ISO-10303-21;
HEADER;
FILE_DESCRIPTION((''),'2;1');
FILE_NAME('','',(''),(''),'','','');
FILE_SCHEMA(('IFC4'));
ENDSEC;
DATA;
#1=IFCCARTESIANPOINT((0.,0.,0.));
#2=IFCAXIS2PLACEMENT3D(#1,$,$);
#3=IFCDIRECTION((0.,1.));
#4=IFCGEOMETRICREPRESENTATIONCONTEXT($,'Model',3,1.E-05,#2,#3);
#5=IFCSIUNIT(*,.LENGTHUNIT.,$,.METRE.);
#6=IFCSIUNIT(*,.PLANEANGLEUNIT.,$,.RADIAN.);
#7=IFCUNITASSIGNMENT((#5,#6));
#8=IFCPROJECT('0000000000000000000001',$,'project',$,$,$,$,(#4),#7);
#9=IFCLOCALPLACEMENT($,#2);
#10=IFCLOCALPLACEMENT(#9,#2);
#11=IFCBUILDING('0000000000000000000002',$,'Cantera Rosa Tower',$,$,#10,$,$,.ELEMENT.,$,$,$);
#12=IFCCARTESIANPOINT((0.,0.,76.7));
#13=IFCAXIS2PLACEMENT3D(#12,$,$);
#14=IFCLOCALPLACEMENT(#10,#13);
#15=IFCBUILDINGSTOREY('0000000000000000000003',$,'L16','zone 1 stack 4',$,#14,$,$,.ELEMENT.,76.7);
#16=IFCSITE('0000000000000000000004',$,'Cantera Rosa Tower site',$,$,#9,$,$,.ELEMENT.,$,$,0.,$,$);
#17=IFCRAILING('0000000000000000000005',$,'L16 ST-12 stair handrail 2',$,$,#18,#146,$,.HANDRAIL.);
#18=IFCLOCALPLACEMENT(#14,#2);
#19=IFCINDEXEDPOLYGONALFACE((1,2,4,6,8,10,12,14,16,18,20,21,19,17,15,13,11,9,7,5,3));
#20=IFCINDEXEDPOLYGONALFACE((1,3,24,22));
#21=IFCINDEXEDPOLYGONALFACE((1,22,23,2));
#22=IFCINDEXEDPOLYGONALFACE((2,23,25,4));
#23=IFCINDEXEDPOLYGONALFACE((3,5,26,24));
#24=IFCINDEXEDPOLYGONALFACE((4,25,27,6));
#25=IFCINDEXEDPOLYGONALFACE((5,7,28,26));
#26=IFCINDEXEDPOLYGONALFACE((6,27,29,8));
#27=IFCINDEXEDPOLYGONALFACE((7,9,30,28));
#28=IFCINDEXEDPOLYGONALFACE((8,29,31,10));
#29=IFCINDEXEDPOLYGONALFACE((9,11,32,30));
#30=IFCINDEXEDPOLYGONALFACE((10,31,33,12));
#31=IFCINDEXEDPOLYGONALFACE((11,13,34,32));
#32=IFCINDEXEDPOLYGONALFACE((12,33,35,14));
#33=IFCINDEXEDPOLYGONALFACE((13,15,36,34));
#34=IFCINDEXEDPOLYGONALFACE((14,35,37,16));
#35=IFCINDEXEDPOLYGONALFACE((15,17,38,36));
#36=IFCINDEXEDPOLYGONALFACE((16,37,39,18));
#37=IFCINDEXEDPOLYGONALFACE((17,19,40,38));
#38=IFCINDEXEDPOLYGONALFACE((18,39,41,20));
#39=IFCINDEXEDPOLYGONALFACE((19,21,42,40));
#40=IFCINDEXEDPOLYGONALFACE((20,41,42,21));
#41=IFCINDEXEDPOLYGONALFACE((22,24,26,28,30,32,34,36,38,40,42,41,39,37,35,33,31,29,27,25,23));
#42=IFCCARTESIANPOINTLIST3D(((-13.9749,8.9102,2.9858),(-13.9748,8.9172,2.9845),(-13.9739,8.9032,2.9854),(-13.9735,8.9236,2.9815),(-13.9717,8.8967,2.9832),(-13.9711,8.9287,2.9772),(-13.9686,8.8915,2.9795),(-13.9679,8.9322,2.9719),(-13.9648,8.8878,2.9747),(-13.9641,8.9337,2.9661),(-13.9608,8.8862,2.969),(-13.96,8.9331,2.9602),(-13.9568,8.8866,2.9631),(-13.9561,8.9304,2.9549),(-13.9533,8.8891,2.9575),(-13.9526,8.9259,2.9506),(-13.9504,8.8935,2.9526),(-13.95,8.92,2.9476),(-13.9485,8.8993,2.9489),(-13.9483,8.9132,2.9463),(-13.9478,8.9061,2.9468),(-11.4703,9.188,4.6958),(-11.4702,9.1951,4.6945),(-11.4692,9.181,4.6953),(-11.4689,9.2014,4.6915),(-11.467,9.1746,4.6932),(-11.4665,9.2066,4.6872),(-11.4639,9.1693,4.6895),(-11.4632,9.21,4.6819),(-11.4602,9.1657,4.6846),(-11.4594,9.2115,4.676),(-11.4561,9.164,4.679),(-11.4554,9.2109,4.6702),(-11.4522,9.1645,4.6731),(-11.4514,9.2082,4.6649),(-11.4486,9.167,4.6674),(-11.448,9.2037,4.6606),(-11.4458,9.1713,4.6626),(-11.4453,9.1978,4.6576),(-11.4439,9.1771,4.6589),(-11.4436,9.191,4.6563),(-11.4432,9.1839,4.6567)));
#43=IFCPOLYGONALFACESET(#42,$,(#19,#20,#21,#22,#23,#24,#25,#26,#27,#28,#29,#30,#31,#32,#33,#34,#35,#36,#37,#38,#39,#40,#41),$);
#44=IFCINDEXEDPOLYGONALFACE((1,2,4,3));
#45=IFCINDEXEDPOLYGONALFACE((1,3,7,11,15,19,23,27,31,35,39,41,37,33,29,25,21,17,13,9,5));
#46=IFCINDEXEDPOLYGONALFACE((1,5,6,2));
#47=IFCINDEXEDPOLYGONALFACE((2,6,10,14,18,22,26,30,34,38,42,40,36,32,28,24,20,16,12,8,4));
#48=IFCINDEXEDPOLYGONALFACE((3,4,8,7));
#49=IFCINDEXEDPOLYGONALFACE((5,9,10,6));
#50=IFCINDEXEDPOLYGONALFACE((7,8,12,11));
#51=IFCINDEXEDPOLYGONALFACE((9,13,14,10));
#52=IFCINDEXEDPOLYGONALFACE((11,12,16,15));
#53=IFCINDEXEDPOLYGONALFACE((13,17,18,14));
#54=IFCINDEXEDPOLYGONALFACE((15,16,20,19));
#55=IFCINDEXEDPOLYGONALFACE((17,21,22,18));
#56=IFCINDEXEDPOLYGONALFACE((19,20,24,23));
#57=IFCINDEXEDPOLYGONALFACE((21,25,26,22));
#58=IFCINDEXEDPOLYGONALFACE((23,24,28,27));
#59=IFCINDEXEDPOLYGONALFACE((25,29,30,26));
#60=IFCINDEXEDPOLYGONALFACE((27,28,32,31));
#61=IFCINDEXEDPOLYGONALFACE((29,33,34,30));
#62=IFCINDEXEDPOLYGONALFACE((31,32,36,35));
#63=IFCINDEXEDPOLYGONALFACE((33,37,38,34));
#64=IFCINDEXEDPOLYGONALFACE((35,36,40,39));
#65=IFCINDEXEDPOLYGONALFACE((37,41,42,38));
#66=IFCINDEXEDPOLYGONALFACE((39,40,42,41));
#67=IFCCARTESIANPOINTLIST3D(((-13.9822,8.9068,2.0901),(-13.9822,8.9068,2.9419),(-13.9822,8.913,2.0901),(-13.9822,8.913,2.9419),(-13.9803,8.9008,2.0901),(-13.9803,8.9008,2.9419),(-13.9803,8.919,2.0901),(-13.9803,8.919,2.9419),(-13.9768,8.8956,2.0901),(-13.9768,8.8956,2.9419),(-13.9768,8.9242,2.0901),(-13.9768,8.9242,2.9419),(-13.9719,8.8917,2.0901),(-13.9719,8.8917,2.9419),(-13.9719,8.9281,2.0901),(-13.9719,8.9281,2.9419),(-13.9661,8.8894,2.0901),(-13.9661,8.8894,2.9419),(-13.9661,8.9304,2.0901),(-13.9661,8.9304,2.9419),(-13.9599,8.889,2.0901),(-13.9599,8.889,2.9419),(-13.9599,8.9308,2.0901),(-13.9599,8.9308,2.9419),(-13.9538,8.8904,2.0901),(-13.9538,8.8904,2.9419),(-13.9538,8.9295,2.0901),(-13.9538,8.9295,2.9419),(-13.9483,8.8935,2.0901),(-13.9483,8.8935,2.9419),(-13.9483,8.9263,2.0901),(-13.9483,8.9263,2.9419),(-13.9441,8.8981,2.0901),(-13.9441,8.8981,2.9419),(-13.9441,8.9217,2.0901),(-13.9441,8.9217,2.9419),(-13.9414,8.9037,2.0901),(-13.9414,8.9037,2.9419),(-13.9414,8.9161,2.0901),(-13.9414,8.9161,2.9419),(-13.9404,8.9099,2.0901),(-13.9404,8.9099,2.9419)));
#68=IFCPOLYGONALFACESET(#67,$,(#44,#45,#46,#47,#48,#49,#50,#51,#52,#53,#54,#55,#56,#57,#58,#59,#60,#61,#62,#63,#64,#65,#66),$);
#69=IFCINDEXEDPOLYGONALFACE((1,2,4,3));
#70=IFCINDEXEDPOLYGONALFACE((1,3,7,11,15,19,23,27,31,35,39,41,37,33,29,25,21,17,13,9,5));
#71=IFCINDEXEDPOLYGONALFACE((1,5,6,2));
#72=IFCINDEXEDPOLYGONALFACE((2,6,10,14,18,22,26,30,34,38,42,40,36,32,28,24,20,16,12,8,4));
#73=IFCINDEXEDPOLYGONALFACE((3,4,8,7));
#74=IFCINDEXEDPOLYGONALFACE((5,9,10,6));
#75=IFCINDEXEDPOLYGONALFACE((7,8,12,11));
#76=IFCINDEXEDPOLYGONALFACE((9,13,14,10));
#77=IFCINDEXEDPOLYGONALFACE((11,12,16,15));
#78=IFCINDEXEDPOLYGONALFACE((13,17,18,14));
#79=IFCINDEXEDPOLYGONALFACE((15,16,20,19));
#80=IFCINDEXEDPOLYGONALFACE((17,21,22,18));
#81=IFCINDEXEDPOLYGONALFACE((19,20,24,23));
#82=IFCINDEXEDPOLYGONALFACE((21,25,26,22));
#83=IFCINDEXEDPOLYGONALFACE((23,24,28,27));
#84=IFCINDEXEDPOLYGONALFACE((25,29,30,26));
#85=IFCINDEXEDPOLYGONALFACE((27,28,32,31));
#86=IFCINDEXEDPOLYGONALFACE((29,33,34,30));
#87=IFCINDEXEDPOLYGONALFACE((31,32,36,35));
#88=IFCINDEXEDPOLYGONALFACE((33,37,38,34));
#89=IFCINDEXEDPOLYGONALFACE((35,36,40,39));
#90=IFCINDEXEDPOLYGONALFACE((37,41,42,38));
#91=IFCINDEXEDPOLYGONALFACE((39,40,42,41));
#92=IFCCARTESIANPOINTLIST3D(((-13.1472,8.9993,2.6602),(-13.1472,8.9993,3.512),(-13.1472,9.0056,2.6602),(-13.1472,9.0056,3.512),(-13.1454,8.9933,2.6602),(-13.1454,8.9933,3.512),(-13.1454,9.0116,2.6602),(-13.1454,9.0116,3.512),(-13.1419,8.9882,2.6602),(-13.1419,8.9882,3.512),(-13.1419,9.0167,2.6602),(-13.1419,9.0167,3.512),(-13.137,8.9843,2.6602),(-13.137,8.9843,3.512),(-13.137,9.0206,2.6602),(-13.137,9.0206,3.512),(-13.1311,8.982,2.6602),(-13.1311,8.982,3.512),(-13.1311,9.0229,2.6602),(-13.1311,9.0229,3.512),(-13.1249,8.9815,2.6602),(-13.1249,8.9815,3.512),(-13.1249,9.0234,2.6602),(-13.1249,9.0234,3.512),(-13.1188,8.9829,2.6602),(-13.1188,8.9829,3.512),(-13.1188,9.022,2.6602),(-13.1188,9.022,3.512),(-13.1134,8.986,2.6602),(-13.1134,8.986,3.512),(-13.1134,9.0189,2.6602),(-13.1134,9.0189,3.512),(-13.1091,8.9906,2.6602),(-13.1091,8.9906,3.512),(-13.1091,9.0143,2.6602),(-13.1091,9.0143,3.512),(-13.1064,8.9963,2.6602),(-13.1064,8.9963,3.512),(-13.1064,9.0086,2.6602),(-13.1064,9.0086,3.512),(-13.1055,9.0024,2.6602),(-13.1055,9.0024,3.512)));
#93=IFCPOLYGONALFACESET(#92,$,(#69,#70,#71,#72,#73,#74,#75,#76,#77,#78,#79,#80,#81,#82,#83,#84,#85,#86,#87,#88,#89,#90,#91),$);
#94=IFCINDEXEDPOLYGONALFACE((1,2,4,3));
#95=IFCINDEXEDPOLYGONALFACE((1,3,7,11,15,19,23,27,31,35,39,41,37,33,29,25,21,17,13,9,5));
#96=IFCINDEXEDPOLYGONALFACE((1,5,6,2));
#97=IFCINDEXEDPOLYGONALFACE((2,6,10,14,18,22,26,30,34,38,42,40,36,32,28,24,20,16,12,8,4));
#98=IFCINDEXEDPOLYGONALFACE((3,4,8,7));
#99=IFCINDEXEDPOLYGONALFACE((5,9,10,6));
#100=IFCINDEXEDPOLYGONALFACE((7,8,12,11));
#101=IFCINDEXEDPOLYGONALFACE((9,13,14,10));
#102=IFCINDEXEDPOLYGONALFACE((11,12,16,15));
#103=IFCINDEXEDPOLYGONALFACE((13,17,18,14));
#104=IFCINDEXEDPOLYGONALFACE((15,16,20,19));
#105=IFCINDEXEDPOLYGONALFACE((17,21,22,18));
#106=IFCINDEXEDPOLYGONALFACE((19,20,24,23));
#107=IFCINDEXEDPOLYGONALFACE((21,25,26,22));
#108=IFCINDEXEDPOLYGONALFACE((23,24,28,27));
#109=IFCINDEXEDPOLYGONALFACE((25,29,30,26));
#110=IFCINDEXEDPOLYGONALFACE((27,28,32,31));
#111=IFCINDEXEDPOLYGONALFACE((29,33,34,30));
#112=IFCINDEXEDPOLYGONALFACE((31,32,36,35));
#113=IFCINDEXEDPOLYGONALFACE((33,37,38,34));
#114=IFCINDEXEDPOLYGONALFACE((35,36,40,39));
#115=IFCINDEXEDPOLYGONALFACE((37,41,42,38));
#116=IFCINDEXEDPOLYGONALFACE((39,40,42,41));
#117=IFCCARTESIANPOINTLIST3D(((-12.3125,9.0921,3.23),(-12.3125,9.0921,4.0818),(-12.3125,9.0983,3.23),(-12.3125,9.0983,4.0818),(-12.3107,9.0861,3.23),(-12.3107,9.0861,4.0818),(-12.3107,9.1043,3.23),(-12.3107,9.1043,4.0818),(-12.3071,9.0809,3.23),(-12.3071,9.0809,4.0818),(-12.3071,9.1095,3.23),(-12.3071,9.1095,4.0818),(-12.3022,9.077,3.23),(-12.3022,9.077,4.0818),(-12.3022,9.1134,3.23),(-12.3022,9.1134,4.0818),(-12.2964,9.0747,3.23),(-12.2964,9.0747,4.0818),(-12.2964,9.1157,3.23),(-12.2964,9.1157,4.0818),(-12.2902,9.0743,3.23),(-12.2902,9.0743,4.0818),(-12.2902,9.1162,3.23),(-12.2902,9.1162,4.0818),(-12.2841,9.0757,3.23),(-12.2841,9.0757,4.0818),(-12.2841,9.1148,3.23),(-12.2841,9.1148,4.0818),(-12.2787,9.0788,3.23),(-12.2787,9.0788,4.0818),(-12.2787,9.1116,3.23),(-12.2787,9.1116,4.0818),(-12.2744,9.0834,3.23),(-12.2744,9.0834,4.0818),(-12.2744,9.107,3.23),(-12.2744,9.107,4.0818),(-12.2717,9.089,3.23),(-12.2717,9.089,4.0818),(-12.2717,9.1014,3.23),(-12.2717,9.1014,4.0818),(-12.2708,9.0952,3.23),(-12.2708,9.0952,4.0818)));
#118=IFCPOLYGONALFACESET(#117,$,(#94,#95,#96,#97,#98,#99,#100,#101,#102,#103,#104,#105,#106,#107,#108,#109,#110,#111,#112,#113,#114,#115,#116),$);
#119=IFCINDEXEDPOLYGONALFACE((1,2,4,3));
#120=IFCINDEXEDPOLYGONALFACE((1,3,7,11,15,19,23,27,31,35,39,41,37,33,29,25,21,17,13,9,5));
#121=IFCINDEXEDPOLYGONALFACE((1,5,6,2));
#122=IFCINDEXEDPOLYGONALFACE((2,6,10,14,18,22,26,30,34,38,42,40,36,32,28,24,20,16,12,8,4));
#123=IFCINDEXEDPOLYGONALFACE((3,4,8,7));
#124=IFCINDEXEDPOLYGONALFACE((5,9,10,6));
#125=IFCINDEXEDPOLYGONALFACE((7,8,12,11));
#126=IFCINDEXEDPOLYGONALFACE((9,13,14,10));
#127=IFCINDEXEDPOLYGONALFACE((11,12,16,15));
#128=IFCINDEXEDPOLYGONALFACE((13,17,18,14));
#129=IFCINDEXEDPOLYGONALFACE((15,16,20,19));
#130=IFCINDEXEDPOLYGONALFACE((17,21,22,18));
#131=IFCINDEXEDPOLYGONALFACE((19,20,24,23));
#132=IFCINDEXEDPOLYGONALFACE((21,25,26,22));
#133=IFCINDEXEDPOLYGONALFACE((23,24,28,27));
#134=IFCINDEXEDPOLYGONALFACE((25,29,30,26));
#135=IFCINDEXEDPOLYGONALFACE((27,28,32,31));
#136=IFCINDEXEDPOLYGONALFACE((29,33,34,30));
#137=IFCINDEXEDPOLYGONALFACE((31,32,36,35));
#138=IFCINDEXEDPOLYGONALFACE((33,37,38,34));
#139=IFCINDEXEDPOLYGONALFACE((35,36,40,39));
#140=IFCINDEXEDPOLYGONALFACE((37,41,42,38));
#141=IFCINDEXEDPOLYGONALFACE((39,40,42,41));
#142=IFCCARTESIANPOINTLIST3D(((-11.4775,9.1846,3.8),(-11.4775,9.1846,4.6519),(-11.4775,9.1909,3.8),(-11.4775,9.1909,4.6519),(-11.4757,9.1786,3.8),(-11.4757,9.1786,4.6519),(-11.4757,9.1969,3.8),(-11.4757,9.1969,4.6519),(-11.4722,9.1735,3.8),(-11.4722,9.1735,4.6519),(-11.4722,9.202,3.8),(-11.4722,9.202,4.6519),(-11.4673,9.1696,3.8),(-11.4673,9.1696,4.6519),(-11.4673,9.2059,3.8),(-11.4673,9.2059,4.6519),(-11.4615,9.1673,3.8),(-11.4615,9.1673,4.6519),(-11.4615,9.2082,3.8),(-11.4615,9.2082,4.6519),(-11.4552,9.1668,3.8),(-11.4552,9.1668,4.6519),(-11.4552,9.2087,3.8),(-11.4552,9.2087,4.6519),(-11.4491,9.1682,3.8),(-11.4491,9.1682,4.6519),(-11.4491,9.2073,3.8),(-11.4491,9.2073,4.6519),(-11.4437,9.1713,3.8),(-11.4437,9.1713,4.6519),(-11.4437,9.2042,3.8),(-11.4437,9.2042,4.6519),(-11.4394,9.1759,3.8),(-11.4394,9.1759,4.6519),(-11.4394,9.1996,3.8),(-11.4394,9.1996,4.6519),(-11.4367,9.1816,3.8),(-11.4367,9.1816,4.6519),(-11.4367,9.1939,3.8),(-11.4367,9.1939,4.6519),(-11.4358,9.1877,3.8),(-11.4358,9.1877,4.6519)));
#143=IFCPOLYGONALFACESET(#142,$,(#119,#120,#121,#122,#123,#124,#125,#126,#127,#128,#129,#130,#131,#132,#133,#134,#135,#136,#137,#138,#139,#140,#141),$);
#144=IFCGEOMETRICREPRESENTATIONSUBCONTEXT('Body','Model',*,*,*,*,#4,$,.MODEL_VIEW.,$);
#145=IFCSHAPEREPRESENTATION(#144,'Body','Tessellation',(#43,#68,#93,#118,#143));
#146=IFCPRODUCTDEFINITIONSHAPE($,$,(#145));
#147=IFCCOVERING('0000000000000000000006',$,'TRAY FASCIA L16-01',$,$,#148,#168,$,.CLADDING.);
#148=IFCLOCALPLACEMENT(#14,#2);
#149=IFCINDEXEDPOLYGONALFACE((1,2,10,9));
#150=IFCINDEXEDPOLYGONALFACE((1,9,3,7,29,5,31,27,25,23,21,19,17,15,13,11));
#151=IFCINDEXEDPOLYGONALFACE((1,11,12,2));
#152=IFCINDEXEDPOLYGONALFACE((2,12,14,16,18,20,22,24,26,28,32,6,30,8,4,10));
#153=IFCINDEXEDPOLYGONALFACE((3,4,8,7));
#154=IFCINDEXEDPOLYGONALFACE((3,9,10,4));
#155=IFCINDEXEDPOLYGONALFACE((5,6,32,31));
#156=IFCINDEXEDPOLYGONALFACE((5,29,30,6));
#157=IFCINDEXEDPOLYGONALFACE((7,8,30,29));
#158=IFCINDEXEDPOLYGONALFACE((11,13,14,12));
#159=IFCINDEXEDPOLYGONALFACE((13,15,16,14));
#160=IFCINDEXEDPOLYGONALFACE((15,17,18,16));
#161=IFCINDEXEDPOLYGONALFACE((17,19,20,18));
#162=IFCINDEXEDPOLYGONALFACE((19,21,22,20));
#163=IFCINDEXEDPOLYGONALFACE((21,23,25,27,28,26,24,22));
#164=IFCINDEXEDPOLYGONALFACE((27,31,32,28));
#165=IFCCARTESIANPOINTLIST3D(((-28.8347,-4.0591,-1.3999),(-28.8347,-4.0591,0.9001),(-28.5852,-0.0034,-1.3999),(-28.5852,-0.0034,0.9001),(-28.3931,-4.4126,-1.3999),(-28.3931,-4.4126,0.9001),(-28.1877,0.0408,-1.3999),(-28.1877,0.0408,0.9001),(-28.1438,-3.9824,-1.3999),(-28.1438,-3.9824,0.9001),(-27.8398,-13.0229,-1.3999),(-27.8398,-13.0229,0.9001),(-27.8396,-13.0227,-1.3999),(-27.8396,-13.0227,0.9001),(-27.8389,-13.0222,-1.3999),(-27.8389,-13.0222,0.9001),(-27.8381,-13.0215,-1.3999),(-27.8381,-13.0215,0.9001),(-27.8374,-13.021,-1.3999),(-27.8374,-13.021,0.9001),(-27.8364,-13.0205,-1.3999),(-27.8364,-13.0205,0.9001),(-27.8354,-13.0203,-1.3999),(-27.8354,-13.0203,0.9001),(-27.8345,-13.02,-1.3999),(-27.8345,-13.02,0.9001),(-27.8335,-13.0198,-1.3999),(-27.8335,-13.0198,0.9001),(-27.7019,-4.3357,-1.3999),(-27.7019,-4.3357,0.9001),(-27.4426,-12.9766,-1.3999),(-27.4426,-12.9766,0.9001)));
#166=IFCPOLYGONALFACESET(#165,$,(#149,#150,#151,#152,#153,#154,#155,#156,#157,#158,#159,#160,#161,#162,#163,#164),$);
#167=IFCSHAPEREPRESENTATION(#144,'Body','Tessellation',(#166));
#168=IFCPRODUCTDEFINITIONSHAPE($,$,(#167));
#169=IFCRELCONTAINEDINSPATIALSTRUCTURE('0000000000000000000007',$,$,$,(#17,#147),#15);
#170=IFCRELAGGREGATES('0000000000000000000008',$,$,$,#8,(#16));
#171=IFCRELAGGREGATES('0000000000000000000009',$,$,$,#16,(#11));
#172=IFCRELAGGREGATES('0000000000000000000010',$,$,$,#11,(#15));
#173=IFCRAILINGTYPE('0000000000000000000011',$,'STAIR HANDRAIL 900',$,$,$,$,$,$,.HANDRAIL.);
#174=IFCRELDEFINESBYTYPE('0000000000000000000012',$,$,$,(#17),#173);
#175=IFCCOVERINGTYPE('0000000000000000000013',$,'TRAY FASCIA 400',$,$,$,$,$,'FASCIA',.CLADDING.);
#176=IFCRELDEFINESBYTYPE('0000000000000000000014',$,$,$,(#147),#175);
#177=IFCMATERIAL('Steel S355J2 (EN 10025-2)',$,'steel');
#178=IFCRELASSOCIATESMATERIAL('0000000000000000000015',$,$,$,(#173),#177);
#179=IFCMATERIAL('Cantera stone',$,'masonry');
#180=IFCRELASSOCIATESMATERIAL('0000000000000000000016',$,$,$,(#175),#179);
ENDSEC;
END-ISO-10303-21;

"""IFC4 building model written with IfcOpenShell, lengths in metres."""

from ifc_helpers import new_model, si_unit, direction, frame, origin, origin_2d, place, context, subcontext, project, spatial, polyline, circle, outline, extrude, material, type_object, element, save


model = new_model("IFC4")

# Units and contexts
model_context = context("Model", 3, precision=1e-05, world=origin(), true_north=direction((0.0, 1.0)))
body_context = subcontext(model_context, "Body", "Model", "MODEL_VIEW")
ifc_project = project(units=[si_unit("LENGTHUNIT", "METRE"), si_unit("PLANEANGLEUNIT", "RADIAN")], contexts=[model_context])

# Site, building, storey
site_placement = place(None, origin())
site = spatial("IfcSite", under=ifc_project, at=site_placement, Name="Cantera Rosa Tower site", CompositionType="ELEMENT", RefElevation=0.0)
building_placement = place(site_placement, origin())
building = spatial("IfcBuilding", under=site, at=building_placement, Name="Cantera Rosa Tower", CompositionType="ELEMENT")
storey_placement = place(building_placement, frame((0.0, 0.0, 76.7)))
storey = spatial("IfcBuildingStorey", under=building, at=storey_placement, Name="L16", Description="zone 1 stack 4", CompositionType="ELEMENT", Elevation=76.7)

# Railing
ifc_material_1 = material(Name="Steel S355J2 (EN 10025-2)", Category="steel")
railing_type_1 = type_object("IfcRailingType", Name="STAIR HANDRAIL 900", PredefinedType="HANDRAIL", material=ifc_material_1)
railing_1_placement = place(storey_placement, frame((-13.9614, 8.9099, 2.0901)))
element("IfcRailing", 1, at=railing_1_placement, inside=storey, type_object=railing_type_1, Name="L16 ST-12 stair handrail 2", PredefinedType="HANDRAIL", context=body_context, shape_type="SweptSolid", body=[
    extrude(circle(Radius=0.0239, at=origin_2d()), frame((0.0, 0.0, 0.876), z_axis=(0.822437, 0.091231, 0.561492), x_axis=(-0.110251, 0.993904, 0.0)), (0.0, 0.0, 1.0), 3.0454),
    extrude(circle(Radius=0.021, at=origin_2d()), origin(), (0.0, 0.0, 1.0), 0.8518),
    extrude(circle(Radius=0.021, at=origin_2d()), frame((0.835, 0.0925, 0.5701)), (0.0, 0.0, 1.0), 0.8518),
    extrude(circle(Radius=0.021, at=origin_2d()), frame((1.6697, 0.1853, 1.1399)), (0.0, 0.0, 1.0), 0.8518),
    extrude(circle(Radius=0.021, at=origin_2d()), frame((2.5046, 0.2778, 1.71)), (0.0, 0.0, 1.0), 0.8518),
])

# Covering
ifc_material_2 = material(Name="Cantera stone", Category="masonry")
covering_type = type_object("IfcCoveringType", Name="TRAY FASCIA 400", ElementType="FASCIA", PredefinedType="CLADDING", material=ifc_material_2)
covering_1_placement = place(storey_placement, frame((0.0, 0.0, -1.3999)))
element("IfcCovering", 2, at=covering_1_placement, inside=storey, type_object=covering_type, Name="TRAY FASCIA L16-01", PredefinedType="CLADDING", context=body_context, shape_type="SweptSolid", body=[
    extrude(outline(polyline([(-28.8347, -4.0591), (-28.1438, -3.9824), (-28.5852, -0.0034), (-28.1877, 0.0408), (-27.7019, -4.3357), (-28.3931, -4.4126), (-27.4426, -12.9766), (-27.8335, -13.0198), (-27.8345, -13.02), (-27.8354, -13.0203), (-27.8364, -13.0205), (-27.8374, -13.021), (-27.8381, -13.0215), (-27.8389, -13.0222), (-27.8396, -13.0227), (-27.8398, -13.0229), (-28.8347, -4.0591)])), origin(), (0.0, 0.0, 1.0), 2.3),
])

save(model, "model.ifc")
